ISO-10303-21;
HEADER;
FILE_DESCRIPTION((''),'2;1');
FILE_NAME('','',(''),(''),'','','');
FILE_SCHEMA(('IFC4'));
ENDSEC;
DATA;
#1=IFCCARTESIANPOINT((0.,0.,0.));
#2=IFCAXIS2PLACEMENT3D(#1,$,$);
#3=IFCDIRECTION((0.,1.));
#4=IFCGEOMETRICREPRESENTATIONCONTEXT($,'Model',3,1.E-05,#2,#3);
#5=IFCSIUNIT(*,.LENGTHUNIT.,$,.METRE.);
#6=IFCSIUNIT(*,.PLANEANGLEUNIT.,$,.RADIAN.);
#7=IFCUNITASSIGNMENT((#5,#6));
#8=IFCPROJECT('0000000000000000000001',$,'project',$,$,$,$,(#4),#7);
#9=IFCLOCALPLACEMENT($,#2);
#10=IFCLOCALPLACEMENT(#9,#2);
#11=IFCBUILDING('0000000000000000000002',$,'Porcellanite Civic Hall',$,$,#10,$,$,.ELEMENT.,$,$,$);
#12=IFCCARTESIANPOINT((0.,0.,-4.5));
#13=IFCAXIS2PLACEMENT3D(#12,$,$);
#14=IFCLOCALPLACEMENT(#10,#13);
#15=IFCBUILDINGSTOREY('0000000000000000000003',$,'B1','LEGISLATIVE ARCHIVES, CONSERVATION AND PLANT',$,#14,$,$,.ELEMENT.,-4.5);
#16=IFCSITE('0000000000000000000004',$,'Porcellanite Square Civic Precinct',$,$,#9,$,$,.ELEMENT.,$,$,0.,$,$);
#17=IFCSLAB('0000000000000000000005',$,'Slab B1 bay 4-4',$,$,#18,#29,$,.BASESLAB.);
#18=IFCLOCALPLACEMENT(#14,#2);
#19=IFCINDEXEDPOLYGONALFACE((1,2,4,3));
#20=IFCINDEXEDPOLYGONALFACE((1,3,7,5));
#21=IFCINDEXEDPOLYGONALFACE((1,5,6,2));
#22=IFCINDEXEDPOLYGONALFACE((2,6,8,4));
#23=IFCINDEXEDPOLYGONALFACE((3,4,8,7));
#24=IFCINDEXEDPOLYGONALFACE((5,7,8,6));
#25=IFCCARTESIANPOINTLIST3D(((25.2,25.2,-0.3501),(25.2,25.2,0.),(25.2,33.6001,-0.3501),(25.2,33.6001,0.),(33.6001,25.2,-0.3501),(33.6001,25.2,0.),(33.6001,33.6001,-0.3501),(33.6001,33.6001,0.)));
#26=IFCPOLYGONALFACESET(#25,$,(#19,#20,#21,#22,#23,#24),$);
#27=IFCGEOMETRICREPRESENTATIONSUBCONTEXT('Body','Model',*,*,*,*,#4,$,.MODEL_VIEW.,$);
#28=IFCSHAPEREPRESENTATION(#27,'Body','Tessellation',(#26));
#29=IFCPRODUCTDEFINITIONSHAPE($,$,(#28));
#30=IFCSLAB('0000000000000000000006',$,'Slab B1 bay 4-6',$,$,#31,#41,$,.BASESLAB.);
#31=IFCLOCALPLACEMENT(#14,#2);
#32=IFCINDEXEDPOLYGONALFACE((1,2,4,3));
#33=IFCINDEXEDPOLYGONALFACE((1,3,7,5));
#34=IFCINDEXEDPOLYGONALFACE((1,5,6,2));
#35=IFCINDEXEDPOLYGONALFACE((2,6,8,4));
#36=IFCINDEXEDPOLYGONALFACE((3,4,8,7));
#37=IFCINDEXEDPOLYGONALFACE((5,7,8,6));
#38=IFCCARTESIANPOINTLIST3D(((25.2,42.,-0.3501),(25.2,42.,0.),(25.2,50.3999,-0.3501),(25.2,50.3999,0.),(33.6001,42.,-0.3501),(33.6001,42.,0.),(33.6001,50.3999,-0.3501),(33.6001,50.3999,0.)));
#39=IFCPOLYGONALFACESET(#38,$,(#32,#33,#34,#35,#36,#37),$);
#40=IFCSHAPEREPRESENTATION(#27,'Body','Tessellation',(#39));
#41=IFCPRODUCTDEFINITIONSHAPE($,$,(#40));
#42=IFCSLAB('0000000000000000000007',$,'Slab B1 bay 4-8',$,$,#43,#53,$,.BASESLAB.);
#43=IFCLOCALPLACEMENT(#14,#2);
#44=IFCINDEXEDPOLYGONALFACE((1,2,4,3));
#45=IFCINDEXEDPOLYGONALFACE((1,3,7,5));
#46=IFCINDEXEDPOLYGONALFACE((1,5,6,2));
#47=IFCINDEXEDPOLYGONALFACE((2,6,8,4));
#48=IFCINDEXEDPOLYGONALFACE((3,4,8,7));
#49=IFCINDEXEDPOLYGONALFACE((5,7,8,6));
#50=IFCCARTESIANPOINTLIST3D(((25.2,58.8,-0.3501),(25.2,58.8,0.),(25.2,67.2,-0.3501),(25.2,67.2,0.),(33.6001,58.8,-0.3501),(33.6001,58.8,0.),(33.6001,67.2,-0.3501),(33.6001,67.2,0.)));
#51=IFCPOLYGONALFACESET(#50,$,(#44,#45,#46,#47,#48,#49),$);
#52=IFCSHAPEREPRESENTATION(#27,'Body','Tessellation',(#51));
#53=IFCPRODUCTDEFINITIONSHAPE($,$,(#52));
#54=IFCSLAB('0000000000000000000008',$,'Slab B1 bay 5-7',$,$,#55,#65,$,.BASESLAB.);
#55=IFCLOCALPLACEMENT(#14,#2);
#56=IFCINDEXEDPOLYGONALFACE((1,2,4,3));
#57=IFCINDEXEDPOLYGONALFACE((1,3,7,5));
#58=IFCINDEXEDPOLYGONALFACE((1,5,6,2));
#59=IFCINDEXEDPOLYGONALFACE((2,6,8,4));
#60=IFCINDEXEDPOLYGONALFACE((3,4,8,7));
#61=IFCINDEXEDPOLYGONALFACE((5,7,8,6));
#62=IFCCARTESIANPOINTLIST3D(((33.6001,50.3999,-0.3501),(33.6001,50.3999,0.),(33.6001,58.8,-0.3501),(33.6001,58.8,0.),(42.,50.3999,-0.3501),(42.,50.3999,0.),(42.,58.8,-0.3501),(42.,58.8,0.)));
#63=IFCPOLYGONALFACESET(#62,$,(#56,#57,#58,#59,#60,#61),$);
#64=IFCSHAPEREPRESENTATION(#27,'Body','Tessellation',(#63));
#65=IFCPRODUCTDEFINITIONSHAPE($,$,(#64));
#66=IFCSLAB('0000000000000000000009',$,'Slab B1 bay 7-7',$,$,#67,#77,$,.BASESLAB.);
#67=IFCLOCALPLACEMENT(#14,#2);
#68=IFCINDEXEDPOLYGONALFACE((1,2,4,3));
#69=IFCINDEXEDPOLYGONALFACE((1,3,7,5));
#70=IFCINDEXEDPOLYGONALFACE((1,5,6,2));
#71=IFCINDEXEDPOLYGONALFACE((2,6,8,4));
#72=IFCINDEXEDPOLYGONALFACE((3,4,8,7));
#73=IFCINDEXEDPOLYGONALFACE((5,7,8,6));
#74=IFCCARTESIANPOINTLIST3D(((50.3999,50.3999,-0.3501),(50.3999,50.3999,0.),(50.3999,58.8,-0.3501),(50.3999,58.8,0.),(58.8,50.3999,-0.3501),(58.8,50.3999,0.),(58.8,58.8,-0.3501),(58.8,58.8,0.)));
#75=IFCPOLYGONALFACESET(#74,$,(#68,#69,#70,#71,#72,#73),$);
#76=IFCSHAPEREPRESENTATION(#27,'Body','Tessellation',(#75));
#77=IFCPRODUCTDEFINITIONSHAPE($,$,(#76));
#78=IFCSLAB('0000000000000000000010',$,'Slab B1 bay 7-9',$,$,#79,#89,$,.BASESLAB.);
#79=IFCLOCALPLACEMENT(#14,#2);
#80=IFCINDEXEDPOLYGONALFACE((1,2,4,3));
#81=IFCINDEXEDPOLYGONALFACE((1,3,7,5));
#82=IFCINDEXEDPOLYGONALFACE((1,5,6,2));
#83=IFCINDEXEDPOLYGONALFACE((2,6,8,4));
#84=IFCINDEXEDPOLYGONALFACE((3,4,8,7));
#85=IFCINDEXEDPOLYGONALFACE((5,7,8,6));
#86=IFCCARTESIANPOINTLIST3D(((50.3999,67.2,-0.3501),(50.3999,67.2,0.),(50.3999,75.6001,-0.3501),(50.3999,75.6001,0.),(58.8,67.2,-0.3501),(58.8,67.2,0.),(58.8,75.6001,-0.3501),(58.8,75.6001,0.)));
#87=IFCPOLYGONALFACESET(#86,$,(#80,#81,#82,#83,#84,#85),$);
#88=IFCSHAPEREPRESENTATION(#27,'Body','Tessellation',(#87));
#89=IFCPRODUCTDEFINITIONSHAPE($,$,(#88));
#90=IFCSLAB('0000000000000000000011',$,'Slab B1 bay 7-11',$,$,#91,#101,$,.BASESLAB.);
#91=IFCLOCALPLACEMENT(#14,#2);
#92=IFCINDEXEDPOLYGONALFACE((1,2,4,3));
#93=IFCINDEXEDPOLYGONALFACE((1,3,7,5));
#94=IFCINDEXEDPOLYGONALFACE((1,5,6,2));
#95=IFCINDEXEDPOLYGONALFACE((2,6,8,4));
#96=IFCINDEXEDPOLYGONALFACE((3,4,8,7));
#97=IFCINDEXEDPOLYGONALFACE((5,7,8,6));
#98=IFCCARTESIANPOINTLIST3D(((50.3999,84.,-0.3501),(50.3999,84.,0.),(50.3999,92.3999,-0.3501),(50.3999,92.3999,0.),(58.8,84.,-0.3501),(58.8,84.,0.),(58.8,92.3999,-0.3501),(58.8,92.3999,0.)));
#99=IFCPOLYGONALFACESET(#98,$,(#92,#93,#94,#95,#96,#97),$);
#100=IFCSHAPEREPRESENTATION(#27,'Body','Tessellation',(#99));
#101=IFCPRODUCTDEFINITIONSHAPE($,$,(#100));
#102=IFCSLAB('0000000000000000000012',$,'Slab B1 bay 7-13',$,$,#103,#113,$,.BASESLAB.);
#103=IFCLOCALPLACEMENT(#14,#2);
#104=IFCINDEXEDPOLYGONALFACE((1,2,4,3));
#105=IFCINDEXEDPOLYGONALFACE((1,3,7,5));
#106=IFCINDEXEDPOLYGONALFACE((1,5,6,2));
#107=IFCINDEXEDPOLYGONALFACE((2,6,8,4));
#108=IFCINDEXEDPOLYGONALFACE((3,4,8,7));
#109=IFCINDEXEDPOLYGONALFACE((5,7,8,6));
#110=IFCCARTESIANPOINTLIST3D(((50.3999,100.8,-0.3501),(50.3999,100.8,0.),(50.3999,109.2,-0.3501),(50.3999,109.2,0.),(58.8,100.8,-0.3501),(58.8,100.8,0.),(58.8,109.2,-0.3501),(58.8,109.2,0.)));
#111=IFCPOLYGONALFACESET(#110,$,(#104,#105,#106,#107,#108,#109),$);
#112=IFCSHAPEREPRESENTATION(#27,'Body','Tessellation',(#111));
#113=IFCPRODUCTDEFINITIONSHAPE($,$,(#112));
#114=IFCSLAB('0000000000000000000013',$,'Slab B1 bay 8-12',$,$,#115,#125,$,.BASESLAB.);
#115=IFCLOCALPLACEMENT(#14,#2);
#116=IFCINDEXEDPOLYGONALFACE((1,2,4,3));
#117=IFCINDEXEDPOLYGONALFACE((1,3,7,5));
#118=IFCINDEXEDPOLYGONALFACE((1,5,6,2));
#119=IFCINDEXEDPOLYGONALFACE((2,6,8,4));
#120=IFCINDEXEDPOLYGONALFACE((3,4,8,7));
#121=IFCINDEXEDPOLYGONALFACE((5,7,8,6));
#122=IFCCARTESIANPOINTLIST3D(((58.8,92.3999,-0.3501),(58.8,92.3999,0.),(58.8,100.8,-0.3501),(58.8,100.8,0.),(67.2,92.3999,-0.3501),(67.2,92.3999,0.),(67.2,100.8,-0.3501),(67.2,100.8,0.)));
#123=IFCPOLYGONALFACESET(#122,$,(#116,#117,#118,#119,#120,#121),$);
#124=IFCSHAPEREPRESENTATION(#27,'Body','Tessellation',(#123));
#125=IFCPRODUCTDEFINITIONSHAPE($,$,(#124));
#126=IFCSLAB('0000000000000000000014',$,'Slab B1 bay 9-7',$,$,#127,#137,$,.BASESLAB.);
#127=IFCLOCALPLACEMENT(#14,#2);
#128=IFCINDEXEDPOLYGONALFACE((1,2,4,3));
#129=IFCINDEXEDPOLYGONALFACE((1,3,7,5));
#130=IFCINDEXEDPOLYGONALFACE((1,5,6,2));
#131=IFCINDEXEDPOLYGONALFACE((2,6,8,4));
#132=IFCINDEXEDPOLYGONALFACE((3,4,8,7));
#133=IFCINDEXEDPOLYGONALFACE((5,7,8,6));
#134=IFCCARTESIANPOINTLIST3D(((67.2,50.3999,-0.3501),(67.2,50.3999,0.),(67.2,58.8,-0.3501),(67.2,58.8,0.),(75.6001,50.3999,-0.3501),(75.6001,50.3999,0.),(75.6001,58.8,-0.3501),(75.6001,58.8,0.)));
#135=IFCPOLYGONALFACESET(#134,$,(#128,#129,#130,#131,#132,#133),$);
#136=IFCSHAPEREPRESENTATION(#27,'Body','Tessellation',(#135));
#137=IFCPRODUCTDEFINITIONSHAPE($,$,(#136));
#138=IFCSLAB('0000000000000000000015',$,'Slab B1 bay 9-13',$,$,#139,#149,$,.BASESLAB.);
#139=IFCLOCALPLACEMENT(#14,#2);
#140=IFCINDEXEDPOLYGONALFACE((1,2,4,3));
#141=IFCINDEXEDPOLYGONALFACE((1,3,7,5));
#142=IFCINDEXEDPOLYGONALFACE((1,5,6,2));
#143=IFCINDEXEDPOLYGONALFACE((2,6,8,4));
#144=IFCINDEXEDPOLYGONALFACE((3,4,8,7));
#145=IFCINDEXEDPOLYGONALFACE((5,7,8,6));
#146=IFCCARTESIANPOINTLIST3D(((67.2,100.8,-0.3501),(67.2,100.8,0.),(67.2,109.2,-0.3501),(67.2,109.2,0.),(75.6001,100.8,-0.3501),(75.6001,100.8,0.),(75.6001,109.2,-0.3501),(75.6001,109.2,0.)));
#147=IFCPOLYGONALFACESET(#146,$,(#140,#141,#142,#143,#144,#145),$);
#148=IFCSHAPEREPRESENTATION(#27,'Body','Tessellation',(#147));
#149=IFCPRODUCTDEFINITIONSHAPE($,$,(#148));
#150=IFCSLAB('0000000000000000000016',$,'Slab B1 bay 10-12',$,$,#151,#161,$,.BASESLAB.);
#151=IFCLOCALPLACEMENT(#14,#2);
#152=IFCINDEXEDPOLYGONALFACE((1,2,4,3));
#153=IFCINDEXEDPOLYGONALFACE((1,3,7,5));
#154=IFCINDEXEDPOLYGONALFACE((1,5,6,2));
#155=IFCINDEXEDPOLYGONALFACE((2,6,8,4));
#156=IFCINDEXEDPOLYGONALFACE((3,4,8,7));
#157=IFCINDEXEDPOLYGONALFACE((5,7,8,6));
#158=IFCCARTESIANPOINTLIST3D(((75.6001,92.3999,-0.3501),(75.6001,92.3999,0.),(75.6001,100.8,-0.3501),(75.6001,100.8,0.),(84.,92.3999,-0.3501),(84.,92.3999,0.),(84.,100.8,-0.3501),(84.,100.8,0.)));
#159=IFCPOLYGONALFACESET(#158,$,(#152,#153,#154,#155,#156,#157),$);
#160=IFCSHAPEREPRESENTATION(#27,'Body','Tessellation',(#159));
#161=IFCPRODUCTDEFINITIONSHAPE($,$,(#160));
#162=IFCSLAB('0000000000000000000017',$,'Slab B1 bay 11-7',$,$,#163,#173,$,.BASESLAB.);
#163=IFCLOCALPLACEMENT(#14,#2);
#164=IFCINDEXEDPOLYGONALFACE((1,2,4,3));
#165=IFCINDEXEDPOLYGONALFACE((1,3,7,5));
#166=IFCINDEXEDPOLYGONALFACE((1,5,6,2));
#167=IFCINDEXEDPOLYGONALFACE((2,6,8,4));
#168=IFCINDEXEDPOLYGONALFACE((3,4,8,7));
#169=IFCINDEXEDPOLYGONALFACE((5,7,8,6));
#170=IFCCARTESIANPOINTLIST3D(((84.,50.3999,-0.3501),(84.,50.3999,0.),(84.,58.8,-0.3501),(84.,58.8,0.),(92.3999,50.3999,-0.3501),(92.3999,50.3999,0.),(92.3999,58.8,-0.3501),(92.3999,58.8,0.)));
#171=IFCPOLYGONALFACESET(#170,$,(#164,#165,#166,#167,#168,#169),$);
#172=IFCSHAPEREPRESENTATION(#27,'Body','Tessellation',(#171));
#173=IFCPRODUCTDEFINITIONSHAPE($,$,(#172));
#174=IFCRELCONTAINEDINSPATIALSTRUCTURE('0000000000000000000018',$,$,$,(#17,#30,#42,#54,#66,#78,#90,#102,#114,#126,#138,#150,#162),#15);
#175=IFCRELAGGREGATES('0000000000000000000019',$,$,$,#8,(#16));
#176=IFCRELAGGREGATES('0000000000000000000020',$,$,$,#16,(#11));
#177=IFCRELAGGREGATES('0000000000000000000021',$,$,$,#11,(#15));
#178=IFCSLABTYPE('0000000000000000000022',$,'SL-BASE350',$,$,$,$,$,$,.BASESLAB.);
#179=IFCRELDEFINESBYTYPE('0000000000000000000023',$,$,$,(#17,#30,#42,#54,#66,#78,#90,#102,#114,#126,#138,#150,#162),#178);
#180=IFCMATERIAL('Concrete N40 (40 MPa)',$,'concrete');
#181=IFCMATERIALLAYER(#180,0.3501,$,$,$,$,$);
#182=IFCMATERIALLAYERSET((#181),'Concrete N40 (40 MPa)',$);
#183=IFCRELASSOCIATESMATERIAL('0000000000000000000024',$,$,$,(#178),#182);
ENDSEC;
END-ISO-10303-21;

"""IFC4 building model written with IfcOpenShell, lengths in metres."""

from ifc_helpers import new_model, si_unit, direction, frame, origin, place, context, subcontext, project, spatial, polyline, outline, extrude, material, layer, layer_set, type_object, element, save


model = new_model("IFC4")

# Units and contexts
model_context = context("Model", 3, precision=1e-05, world=origin(), true_north=direction((0.0, 1.0)))
body_context = subcontext(model_context, "Body", "Model", "MODEL_VIEW")
ifc_project = project(units=[si_unit("LENGTHUNIT", "METRE"), si_unit("PLANEANGLEUNIT", "RADIAN")], contexts=[model_context])

# Site, building, storey
site_placement = place(None, origin())
site = spatial("IfcSite", under=ifc_project, at=site_placement, Name="Porcellanite Square Civic Precinct", CompositionType="ELEMENT", RefElevation=0.0)
building_placement = place(site_placement, origin())
building = spatial("IfcBuilding", under=site, at=building_placement, Name="Porcellanite Civic Hall", CompositionType="ELEMENT")
storey_placement = place(building_placement, frame((0.0, 0.0, -4.5)))
storey = spatial("IfcBuildingStorey", under=building, at=storey_placement, Name="B1", Description="LEGISLATIVE ARCHIVES, CONSERVATION AND PLANT", CompositionType="ELEMENT", Elevation=-4.5)

# Slabs
ifc_material_1 = material(Name="Concrete N40 (40 MPa)", Category="concrete")
ifc_layer_1 = layer(ifc_material_1, 0.3501)
ifc_layer_set_1 = layer_set([ifc_layer_1], Name="Concrete N40 (40 MPa)")
slab_type_1 = type_object("IfcSlabType", Name="SL-BASE350", PredefinedType="BASESLAB", material=ifc_layer_set_1)
slab_1_placement = place(storey_placement, frame((0.0, 0.0, -0.3501)))
element("IfcSlab", 1, at=slab_1_placement, inside=storey, type_object=slab_type_1, Name="Slab B1 bay 4-4", PredefinedType="BASESLAB", context=body_context, shape_type="SweptSolid", body=[
    extrude(outline(polyline([(25.2, 25.2), (33.6001, 25.2), (33.6001, 33.6001), (25.2, 33.6001), (25.2, 25.2)])), origin(), (0.0, 0.0, 1.0), 0.3501),
])
slab_2_placement = place(storey_placement, frame((0.0, 0.0, -0.3501)))
element("IfcSlab", 2, at=slab_2_placement, inside=storey, type_object=slab_type_1, Name="Slab B1 bay 4-6", PredefinedType="BASESLAB", context=body_context, shape_type="SweptSolid", body=[
    extrude(outline(polyline([(25.2, 42.0), (33.6001, 42.0), (33.6001, 50.3999), (25.2, 50.3999), (25.2, 42.0)])), origin(), (0.0, 0.0, 1.0), 0.3501),
])
slab_3_placement = place(storey_placement, frame((0.0, 0.0, -0.3501)))
element("IfcSlab", 3, at=slab_3_placement, inside=storey, type_object=slab_type_1, Name="Slab B1 bay 4-8", PredefinedType="BASESLAB", context=body_context, shape_type="SweptSolid", body=[
    extrude(outline(polyline([(25.2, 58.8), (33.6001, 58.8), (33.6001, 67.2), (25.2, 67.2), (25.2, 58.8)])), origin(), (0.0, 0.0, 1.0), 0.3501),
])
slab_4_placement = place(storey_placement, frame((0.0, 0.0, -0.3501)))
element("IfcSlab", 4, at=slab_4_placement, inside=storey, type_object=slab_type_1, Name="Slab B1 bay 5-7", PredefinedType="BASESLAB", context=body_context, shape_type="SweptSolid", body=[
    extrude(outline(polyline([(33.6001, 50.3999), (42.0, 50.3999), (42.0, 58.8), (33.6001, 58.8), (33.6001, 50.3999)])), origin(), (0.0, 0.0, 1.0), 0.3501),
])
slab_5_placement = place(storey_placement, frame((0.0, 0.0, -0.3501)))
element("IfcSlab", 5, at=slab_5_placement, inside=storey, type_object=slab_type_1, Name="Slab B1 bay 7-7", PredefinedType="BASESLAB", context=body_context, shape_type="SweptSolid", body=[
    extrude(outline(polyline([(50.3999, 50.3999), (58.8, 50.3999), (58.8, 58.8), (50.3999, 58.8), (50.3999, 50.3999)])), origin(), (0.0, 0.0, 1.0), 0.3501),
])
slab_6_placement = place(storey_placement, frame((0.0, 0.0, -0.3501)))
element("IfcSlab", 6, at=slab_6_placement, inside=storey, type_object=slab_type_1, Name="Slab B1 bay 7-9", PredefinedType="BASESLAB", context=body_context, shape_type="SweptSolid", body=[
    extrude(outline(polyline([(50.3999, 67.2), (58.8, 67.2), (58.8, 75.6001), (50.3999, 75.6001), (50.3999, 67.2)])), origin(), (0.0, 0.0, 1.0), 0.3501),
])
slab_7_placement = place(storey_placement, frame((0.0, 0.0, -0.3501)))
element("IfcSlab", 7, at=slab_7_placement, inside=storey, type_object=slab_type_1, Name="Slab B1 bay 7-11", PredefinedType="BASESLAB", context=body_context, shape_type="SweptSolid", body=[
    extrude(outline(polyline([(50.3999, 84.0), (58.8, 84.0), (58.8, 92.3999), (50.3999, 92.3999), (50.3999, 84.0)])), origin(), (0.0, 0.0, 1.0), 0.3501),
])
slab_8_placement = place(storey_placement, frame((0.0, 0.0, -0.3501)))
element("IfcSlab", 8, at=slab_8_placement, inside=storey, type_object=slab_type_1, Name="Slab B1 bay 7-13", PredefinedType="BASESLAB", context=body_context, shape_type="SweptSolid", body=[
    extrude(outline(polyline([(50.3999, 100.8), (58.8, 100.8), (58.8, 109.2), (50.3999, 109.2), (50.3999, 100.8)])), origin(), (0.0, 0.0, 1.0), 0.3501),
])
slab_9_placement = place(storey_placement, frame((0.0, 0.0, -0.3501)))
element("IfcSlab", 9, at=slab_9_placement, inside=storey, type_object=slab_type_1, Name="Slab B1 bay 8-12", PredefinedType="BASESLAB", context=body_context, shape_type="SweptSolid", body=[
    extrude(outline(polyline([(58.8, 92.3999), (67.2, 92.3999), (67.2, 100.8), (58.8, 100.8), (58.8, 92.3999)])), origin(), (0.0, 0.0, 1.0), 0.3501),
])
slab_10_placement = place(storey_placement, frame((0.0, 0.0, -0.3501)))
element("IfcSlab", 10, at=slab_10_placement, inside=storey, type_object=slab_type_1, Name="Slab B1 bay 9-7", PredefinedType="BASESLAB", context=body_context, shape_type="SweptSolid", body=[
    extrude(outline(polyline([(67.2, 50.3999), (75.6001, 50.3999), (75.6001, 58.8), (67.2, 58.8), (67.2, 50.3999)])), origin(), (0.0, 0.0, 1.0), 0.3501),
])
slab_11_placement = place(storey_placement, frame((0.0, 0.0, -0.3501)))
element("IfcSlab", 11, at=slab_11_placement, inside=storey, type_object=slab_type_1, Name="Slab B1 bay 9-13", PredefinedType="BASESLAB", context=body_context, shape_type="SweptSolid", body=[
    extrude(outline(polyline([(67.2, 100.8), (75.6001, 100.8), (75.6001, 109.2), (67.2, 109.2), (67.2, 100.8)])), origin(), (0.0, 0.0, 1.0), 0.3501),
])
slab_12_placement = place(storey_placement, frame((0.0, 0.0, -0.3501)))
element("IfcSlab", 12, at=slab_12_placement, inside=storey, type_object=slab_type_1, Name="Slab B1 bay 10-12", PredefinedType="BASESLAB", context=body_context, shape_type="SweptSolid", body=[
    extrude(outline(polyline([(75.6001, 92.3999), (84.0, 92.3999), (84.0, 100.8), (75.6001, 100.8), (75.6001, 92.3999)])), origin(), (0.0, 0.0, 1.0), 0.3501),
])
slab_13_placement = place(storey_placement, frame((0.0, 0.0, -0.3501)))
element("IfcSlab", 13, at=slab_13_placement, inside=storey, type_object=slab_type_1, Name="Slab B1 bay 11-7", PredefinedType="BASESLAB", context=body_context, shape_type="SweptSolid", body=[
    extrude(outline(polyline([(84.0, 50.3999), (92.3999, 50.3999), (92.3999, 58.8), (84.0, 58.8), (84.0, 50.3999)])), origin(), (0.0, 0.0, 1.0), 0.3501),
])

save(model, "model.ifc")
